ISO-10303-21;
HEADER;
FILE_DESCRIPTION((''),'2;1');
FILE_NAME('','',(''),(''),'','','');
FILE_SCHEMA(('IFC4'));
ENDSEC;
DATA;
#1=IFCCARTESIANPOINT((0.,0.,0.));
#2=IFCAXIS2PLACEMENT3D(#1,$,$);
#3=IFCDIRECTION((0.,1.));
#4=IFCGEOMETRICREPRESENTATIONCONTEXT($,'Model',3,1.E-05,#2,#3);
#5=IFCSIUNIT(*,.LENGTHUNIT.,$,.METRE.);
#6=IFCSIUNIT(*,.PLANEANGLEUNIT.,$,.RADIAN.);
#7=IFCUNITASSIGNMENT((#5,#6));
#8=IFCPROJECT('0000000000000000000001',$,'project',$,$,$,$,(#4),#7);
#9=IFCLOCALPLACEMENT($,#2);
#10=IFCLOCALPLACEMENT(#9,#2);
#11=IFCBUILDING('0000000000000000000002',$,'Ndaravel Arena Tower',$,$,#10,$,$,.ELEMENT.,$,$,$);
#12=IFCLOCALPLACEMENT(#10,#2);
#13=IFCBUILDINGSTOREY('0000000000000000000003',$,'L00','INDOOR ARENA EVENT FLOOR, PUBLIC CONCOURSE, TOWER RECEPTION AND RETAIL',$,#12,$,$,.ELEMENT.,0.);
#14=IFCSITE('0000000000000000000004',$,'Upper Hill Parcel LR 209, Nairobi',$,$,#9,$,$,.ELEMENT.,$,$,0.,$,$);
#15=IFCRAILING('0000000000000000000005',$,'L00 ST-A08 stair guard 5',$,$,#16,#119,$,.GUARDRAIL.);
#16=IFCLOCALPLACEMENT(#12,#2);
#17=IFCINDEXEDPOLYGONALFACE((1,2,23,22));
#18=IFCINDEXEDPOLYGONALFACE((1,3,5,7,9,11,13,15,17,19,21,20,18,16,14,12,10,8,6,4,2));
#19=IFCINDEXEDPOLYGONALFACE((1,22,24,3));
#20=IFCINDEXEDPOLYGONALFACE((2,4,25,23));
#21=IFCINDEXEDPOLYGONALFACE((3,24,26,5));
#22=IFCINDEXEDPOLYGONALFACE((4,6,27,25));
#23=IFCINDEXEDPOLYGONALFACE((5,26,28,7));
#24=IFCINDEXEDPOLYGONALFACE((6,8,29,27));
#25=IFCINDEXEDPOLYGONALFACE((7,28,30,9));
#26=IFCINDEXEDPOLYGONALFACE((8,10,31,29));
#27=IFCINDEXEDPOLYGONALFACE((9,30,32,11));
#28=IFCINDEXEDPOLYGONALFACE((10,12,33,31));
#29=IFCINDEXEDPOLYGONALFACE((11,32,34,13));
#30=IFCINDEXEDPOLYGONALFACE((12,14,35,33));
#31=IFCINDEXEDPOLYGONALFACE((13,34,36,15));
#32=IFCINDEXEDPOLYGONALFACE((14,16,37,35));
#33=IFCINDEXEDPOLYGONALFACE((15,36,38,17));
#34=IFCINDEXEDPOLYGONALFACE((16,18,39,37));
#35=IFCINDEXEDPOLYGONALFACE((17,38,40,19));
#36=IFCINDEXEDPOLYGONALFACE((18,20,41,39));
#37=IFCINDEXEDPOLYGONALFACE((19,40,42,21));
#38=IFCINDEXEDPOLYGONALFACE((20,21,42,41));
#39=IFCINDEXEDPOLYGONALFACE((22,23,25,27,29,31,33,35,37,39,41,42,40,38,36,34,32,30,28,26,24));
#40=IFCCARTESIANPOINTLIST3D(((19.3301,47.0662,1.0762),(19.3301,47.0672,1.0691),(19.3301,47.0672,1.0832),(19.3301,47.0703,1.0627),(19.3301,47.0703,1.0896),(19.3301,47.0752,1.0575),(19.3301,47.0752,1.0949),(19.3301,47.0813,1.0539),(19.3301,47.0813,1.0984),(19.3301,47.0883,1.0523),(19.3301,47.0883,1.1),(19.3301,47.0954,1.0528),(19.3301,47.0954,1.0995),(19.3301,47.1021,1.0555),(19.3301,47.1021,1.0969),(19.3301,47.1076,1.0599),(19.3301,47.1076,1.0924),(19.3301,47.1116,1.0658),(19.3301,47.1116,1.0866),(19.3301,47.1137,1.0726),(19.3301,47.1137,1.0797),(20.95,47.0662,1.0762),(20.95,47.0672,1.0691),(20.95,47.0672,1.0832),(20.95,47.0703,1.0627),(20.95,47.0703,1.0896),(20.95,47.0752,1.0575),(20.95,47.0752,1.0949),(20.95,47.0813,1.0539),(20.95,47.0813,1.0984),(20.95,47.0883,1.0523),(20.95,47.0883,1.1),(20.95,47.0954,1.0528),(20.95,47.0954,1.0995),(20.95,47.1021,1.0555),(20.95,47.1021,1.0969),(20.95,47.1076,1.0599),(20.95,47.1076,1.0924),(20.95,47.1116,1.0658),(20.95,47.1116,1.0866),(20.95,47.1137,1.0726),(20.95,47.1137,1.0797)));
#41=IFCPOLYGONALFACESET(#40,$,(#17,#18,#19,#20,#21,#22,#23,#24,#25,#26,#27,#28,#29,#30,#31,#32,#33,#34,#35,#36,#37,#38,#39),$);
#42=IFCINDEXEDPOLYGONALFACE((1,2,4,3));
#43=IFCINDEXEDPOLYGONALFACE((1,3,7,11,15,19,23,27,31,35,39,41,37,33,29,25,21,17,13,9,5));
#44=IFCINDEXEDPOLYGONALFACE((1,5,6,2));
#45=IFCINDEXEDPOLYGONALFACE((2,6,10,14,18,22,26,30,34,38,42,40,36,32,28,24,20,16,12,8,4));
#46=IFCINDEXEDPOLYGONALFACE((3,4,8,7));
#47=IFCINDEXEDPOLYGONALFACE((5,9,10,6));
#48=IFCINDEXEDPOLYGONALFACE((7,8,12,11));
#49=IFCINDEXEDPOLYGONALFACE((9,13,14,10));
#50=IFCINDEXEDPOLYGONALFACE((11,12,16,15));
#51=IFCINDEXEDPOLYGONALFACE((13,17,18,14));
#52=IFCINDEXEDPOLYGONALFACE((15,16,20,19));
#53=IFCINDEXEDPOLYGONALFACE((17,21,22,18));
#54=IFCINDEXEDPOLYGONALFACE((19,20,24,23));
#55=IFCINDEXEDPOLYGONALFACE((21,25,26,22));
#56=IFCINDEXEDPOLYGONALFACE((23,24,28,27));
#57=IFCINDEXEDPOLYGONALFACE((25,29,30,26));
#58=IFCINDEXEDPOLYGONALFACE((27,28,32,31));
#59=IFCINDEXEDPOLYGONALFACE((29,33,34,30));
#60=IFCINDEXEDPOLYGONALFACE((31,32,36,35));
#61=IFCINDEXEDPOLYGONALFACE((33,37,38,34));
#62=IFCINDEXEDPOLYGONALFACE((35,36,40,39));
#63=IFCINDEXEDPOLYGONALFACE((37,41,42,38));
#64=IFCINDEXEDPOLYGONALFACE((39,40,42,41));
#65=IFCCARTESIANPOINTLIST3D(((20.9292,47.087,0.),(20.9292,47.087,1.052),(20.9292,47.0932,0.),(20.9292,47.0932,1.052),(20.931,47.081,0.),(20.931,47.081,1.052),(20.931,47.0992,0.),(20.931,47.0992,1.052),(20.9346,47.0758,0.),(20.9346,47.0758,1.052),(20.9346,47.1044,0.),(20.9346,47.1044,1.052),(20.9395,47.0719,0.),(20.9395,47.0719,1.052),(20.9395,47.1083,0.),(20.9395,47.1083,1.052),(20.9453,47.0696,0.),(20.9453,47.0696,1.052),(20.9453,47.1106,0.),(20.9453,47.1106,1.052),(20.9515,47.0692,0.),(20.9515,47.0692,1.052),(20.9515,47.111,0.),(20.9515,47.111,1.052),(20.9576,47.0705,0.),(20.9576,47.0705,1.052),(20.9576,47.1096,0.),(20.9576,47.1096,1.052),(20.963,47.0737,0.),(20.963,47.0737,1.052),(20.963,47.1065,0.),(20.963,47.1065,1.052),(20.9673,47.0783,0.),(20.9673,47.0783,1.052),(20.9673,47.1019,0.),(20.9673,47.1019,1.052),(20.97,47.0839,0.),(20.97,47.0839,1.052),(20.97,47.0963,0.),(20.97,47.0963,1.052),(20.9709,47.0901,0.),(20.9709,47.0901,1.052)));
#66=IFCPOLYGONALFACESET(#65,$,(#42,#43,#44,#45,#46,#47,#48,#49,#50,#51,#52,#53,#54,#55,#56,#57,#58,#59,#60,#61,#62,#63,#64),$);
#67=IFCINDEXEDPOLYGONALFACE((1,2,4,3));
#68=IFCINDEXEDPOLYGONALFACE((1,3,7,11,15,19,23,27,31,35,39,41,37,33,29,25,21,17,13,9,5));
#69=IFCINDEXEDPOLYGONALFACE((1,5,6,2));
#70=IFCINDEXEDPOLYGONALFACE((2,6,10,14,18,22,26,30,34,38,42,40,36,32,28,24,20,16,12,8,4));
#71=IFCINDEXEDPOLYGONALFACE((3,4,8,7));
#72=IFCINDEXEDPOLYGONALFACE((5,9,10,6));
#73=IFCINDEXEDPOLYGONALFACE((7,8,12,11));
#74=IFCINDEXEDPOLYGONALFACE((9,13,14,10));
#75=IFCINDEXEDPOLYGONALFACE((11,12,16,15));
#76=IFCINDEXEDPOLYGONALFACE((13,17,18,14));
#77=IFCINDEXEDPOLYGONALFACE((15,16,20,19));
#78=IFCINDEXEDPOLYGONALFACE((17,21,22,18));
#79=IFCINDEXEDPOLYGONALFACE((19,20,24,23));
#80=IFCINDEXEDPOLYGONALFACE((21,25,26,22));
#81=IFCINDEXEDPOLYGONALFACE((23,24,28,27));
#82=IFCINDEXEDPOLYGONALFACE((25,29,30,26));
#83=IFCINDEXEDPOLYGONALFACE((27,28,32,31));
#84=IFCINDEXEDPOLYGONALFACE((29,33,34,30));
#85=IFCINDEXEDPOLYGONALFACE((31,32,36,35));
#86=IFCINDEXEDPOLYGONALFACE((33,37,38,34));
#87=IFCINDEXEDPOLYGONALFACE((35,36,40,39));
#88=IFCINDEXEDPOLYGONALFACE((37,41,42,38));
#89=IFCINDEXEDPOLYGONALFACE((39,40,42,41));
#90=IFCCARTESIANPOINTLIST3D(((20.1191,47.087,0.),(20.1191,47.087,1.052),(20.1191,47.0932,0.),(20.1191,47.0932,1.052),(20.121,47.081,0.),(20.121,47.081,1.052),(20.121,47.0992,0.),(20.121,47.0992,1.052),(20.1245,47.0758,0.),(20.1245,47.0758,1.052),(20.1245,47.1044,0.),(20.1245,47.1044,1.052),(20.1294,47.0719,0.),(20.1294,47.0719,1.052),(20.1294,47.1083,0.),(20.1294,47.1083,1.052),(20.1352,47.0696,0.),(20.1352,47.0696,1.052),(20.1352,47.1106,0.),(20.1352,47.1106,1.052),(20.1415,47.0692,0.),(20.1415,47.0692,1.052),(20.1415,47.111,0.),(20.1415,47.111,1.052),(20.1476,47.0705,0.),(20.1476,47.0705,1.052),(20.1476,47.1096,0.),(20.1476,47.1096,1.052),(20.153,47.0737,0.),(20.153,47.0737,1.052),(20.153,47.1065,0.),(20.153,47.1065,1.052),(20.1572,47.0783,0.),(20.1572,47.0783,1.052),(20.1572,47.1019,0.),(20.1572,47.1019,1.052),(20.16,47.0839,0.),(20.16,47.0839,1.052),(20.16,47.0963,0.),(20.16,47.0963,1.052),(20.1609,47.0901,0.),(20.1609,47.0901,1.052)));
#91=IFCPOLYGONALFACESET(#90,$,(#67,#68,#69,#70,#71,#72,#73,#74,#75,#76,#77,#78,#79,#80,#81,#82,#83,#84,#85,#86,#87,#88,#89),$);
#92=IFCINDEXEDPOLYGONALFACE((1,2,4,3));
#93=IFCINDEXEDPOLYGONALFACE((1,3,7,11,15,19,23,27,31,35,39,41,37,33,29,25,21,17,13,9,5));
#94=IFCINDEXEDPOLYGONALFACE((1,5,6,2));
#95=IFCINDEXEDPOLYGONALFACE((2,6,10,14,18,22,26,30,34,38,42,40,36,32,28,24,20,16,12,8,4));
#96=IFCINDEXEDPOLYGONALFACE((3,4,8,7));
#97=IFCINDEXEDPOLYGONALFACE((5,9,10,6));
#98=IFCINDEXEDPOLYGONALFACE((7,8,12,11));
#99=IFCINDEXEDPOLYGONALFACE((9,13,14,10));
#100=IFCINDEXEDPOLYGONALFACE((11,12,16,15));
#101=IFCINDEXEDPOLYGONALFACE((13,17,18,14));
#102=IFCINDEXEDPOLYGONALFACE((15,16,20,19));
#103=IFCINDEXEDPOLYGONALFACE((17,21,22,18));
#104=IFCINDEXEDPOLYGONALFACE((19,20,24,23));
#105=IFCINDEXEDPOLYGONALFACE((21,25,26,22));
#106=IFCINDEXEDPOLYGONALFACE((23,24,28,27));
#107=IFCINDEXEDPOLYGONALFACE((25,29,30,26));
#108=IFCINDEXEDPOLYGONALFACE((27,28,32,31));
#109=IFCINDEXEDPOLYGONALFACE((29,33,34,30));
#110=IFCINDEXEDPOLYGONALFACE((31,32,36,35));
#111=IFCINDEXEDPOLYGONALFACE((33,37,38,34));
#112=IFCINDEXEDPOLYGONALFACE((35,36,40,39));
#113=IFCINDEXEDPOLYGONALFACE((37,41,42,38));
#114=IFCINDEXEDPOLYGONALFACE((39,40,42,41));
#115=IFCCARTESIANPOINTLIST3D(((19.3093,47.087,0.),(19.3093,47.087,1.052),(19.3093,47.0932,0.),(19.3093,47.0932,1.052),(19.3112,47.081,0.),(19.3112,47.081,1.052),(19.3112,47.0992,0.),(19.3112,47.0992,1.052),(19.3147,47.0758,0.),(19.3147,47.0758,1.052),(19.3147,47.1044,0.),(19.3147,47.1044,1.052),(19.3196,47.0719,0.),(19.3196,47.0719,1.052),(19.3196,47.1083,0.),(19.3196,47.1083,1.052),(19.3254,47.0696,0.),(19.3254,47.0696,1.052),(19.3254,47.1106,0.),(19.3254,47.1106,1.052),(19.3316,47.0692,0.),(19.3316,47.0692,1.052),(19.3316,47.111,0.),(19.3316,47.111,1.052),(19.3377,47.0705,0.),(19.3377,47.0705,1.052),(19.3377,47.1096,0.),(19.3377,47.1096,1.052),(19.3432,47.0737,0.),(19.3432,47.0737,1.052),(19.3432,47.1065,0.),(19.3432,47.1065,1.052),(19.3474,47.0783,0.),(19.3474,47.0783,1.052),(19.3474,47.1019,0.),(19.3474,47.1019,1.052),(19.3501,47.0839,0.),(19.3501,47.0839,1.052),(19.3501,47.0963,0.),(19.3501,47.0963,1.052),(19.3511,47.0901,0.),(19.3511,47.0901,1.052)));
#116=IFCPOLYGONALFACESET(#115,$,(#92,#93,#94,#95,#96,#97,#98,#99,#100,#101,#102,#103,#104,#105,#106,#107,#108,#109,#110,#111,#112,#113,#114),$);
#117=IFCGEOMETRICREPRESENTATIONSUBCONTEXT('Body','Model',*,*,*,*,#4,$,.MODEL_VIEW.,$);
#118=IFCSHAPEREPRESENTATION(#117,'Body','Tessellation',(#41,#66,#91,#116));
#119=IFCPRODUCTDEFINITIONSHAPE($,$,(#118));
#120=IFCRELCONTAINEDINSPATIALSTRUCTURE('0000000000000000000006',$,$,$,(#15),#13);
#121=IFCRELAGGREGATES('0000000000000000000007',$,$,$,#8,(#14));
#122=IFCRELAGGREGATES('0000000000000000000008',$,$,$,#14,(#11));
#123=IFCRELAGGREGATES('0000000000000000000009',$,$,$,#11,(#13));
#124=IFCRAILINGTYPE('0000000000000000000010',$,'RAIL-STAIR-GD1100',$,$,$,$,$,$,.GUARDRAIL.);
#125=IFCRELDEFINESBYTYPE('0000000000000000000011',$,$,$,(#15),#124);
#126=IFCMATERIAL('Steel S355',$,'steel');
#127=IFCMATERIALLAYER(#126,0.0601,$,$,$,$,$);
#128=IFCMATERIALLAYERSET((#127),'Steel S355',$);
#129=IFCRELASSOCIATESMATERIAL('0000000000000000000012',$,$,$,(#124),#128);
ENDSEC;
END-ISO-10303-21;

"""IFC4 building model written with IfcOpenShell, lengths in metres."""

from ifc_helpers import new_model, si_unit, direction, frame, origin, origin_2d, place, context, subcontext, project, spatial, circle, extrude, material, layer, layer_set, type_object, element, save


model = new_model("IFC4")

# Units and contexts
model_context = context("Model", 3, precision=1e-05, world=origin(), true_north=direction((0.0, 1.0)))
body_context = subcontext(model_context, "Body", "Model", "MODEL_VIEW")
ifc_project = project(units=[si_unit("LENGTHUNIT", "METRE"), si_unit("PLANEANGLEUNIT", "RADIAN")], contexts=[model_context])

# Site, building, storey
site_placement = place(None, origin())
site = spatial("IfcSite", under=ifc_project, at=site_placement, Name="Upper Hill Parcel LR 209, Nairobi", CompositionType="ELEMENT", RefElevation=0.0)
building_placement = place(site_placement, origin())
building = spatial("IfcBuilding", under=site, at=building_placement, Name="Ndaravel Arena Tower", CompositionType="ELEMENT")
storey_placement = place(building_placement, origin())
storey = spatial("IfcBuildingStorey", under=building, at=storey_placement, Name="L00", Description="INDOOR ARENA EVENT FLOOR, PUBLIC CONCOURSE, TOWER RECEPTION AND RETAIL", CompositionType="ELEMENT", Elevation=0.0)

# Railing
ifc_material_1 = material(Name="Steel S355", Category="steel")
ifc_layer_1 = layer(ifc_material_1, 0.0601)
ifc_layer_set_1 = layer_set([ifc_layer_1], Name="Steel S355")
railing_type_1 = type_object("IfcRailingType", Name="RAIL-STAIR-GD1100", PredefinedType="GUARDRAIL", material=ifc_layer_set_1)
for number, where, name in (
    (1, (20.95, 47.0901, 0.0), "L00 ST-A08 stair guard 5"),
):
    element("IfcRailing", number, at=place(storey_placement, frame(where)), inside=storey, type_object=railing_type_1, Name=name, PredefinedType="GUARDRAIL", context=body_context, shape_type="SweptSolid", body=[
        extrude(circle(Radius=0.0239, at=origin_2d()), frame((0.0, 0.0, 1.0762), z_axis=(-1.0, 0.0, 0.0), x_axis=(0.0, -1.0, 0.0)), (0.0, 0.0, 1.0), 1.6199),
        extrude(circle(Radius=0.021, at=origin_2d()), origin(), (0.0, 0.0, 1.0), 1.052),
        extrude(circle(Radius=0.021, at=origin_2d()), frame((-0.8101, 0.0, 0.0)), (0.0, 0.0, 1.0), 1.052),
        extrude(circle(Radius=0.021, at=origin_2d()), frame((-1.6199, 0.0, 0.0)), (0.0, 0.0, 1.0), 1.052),
    ])

save(model, "model.ifc")
